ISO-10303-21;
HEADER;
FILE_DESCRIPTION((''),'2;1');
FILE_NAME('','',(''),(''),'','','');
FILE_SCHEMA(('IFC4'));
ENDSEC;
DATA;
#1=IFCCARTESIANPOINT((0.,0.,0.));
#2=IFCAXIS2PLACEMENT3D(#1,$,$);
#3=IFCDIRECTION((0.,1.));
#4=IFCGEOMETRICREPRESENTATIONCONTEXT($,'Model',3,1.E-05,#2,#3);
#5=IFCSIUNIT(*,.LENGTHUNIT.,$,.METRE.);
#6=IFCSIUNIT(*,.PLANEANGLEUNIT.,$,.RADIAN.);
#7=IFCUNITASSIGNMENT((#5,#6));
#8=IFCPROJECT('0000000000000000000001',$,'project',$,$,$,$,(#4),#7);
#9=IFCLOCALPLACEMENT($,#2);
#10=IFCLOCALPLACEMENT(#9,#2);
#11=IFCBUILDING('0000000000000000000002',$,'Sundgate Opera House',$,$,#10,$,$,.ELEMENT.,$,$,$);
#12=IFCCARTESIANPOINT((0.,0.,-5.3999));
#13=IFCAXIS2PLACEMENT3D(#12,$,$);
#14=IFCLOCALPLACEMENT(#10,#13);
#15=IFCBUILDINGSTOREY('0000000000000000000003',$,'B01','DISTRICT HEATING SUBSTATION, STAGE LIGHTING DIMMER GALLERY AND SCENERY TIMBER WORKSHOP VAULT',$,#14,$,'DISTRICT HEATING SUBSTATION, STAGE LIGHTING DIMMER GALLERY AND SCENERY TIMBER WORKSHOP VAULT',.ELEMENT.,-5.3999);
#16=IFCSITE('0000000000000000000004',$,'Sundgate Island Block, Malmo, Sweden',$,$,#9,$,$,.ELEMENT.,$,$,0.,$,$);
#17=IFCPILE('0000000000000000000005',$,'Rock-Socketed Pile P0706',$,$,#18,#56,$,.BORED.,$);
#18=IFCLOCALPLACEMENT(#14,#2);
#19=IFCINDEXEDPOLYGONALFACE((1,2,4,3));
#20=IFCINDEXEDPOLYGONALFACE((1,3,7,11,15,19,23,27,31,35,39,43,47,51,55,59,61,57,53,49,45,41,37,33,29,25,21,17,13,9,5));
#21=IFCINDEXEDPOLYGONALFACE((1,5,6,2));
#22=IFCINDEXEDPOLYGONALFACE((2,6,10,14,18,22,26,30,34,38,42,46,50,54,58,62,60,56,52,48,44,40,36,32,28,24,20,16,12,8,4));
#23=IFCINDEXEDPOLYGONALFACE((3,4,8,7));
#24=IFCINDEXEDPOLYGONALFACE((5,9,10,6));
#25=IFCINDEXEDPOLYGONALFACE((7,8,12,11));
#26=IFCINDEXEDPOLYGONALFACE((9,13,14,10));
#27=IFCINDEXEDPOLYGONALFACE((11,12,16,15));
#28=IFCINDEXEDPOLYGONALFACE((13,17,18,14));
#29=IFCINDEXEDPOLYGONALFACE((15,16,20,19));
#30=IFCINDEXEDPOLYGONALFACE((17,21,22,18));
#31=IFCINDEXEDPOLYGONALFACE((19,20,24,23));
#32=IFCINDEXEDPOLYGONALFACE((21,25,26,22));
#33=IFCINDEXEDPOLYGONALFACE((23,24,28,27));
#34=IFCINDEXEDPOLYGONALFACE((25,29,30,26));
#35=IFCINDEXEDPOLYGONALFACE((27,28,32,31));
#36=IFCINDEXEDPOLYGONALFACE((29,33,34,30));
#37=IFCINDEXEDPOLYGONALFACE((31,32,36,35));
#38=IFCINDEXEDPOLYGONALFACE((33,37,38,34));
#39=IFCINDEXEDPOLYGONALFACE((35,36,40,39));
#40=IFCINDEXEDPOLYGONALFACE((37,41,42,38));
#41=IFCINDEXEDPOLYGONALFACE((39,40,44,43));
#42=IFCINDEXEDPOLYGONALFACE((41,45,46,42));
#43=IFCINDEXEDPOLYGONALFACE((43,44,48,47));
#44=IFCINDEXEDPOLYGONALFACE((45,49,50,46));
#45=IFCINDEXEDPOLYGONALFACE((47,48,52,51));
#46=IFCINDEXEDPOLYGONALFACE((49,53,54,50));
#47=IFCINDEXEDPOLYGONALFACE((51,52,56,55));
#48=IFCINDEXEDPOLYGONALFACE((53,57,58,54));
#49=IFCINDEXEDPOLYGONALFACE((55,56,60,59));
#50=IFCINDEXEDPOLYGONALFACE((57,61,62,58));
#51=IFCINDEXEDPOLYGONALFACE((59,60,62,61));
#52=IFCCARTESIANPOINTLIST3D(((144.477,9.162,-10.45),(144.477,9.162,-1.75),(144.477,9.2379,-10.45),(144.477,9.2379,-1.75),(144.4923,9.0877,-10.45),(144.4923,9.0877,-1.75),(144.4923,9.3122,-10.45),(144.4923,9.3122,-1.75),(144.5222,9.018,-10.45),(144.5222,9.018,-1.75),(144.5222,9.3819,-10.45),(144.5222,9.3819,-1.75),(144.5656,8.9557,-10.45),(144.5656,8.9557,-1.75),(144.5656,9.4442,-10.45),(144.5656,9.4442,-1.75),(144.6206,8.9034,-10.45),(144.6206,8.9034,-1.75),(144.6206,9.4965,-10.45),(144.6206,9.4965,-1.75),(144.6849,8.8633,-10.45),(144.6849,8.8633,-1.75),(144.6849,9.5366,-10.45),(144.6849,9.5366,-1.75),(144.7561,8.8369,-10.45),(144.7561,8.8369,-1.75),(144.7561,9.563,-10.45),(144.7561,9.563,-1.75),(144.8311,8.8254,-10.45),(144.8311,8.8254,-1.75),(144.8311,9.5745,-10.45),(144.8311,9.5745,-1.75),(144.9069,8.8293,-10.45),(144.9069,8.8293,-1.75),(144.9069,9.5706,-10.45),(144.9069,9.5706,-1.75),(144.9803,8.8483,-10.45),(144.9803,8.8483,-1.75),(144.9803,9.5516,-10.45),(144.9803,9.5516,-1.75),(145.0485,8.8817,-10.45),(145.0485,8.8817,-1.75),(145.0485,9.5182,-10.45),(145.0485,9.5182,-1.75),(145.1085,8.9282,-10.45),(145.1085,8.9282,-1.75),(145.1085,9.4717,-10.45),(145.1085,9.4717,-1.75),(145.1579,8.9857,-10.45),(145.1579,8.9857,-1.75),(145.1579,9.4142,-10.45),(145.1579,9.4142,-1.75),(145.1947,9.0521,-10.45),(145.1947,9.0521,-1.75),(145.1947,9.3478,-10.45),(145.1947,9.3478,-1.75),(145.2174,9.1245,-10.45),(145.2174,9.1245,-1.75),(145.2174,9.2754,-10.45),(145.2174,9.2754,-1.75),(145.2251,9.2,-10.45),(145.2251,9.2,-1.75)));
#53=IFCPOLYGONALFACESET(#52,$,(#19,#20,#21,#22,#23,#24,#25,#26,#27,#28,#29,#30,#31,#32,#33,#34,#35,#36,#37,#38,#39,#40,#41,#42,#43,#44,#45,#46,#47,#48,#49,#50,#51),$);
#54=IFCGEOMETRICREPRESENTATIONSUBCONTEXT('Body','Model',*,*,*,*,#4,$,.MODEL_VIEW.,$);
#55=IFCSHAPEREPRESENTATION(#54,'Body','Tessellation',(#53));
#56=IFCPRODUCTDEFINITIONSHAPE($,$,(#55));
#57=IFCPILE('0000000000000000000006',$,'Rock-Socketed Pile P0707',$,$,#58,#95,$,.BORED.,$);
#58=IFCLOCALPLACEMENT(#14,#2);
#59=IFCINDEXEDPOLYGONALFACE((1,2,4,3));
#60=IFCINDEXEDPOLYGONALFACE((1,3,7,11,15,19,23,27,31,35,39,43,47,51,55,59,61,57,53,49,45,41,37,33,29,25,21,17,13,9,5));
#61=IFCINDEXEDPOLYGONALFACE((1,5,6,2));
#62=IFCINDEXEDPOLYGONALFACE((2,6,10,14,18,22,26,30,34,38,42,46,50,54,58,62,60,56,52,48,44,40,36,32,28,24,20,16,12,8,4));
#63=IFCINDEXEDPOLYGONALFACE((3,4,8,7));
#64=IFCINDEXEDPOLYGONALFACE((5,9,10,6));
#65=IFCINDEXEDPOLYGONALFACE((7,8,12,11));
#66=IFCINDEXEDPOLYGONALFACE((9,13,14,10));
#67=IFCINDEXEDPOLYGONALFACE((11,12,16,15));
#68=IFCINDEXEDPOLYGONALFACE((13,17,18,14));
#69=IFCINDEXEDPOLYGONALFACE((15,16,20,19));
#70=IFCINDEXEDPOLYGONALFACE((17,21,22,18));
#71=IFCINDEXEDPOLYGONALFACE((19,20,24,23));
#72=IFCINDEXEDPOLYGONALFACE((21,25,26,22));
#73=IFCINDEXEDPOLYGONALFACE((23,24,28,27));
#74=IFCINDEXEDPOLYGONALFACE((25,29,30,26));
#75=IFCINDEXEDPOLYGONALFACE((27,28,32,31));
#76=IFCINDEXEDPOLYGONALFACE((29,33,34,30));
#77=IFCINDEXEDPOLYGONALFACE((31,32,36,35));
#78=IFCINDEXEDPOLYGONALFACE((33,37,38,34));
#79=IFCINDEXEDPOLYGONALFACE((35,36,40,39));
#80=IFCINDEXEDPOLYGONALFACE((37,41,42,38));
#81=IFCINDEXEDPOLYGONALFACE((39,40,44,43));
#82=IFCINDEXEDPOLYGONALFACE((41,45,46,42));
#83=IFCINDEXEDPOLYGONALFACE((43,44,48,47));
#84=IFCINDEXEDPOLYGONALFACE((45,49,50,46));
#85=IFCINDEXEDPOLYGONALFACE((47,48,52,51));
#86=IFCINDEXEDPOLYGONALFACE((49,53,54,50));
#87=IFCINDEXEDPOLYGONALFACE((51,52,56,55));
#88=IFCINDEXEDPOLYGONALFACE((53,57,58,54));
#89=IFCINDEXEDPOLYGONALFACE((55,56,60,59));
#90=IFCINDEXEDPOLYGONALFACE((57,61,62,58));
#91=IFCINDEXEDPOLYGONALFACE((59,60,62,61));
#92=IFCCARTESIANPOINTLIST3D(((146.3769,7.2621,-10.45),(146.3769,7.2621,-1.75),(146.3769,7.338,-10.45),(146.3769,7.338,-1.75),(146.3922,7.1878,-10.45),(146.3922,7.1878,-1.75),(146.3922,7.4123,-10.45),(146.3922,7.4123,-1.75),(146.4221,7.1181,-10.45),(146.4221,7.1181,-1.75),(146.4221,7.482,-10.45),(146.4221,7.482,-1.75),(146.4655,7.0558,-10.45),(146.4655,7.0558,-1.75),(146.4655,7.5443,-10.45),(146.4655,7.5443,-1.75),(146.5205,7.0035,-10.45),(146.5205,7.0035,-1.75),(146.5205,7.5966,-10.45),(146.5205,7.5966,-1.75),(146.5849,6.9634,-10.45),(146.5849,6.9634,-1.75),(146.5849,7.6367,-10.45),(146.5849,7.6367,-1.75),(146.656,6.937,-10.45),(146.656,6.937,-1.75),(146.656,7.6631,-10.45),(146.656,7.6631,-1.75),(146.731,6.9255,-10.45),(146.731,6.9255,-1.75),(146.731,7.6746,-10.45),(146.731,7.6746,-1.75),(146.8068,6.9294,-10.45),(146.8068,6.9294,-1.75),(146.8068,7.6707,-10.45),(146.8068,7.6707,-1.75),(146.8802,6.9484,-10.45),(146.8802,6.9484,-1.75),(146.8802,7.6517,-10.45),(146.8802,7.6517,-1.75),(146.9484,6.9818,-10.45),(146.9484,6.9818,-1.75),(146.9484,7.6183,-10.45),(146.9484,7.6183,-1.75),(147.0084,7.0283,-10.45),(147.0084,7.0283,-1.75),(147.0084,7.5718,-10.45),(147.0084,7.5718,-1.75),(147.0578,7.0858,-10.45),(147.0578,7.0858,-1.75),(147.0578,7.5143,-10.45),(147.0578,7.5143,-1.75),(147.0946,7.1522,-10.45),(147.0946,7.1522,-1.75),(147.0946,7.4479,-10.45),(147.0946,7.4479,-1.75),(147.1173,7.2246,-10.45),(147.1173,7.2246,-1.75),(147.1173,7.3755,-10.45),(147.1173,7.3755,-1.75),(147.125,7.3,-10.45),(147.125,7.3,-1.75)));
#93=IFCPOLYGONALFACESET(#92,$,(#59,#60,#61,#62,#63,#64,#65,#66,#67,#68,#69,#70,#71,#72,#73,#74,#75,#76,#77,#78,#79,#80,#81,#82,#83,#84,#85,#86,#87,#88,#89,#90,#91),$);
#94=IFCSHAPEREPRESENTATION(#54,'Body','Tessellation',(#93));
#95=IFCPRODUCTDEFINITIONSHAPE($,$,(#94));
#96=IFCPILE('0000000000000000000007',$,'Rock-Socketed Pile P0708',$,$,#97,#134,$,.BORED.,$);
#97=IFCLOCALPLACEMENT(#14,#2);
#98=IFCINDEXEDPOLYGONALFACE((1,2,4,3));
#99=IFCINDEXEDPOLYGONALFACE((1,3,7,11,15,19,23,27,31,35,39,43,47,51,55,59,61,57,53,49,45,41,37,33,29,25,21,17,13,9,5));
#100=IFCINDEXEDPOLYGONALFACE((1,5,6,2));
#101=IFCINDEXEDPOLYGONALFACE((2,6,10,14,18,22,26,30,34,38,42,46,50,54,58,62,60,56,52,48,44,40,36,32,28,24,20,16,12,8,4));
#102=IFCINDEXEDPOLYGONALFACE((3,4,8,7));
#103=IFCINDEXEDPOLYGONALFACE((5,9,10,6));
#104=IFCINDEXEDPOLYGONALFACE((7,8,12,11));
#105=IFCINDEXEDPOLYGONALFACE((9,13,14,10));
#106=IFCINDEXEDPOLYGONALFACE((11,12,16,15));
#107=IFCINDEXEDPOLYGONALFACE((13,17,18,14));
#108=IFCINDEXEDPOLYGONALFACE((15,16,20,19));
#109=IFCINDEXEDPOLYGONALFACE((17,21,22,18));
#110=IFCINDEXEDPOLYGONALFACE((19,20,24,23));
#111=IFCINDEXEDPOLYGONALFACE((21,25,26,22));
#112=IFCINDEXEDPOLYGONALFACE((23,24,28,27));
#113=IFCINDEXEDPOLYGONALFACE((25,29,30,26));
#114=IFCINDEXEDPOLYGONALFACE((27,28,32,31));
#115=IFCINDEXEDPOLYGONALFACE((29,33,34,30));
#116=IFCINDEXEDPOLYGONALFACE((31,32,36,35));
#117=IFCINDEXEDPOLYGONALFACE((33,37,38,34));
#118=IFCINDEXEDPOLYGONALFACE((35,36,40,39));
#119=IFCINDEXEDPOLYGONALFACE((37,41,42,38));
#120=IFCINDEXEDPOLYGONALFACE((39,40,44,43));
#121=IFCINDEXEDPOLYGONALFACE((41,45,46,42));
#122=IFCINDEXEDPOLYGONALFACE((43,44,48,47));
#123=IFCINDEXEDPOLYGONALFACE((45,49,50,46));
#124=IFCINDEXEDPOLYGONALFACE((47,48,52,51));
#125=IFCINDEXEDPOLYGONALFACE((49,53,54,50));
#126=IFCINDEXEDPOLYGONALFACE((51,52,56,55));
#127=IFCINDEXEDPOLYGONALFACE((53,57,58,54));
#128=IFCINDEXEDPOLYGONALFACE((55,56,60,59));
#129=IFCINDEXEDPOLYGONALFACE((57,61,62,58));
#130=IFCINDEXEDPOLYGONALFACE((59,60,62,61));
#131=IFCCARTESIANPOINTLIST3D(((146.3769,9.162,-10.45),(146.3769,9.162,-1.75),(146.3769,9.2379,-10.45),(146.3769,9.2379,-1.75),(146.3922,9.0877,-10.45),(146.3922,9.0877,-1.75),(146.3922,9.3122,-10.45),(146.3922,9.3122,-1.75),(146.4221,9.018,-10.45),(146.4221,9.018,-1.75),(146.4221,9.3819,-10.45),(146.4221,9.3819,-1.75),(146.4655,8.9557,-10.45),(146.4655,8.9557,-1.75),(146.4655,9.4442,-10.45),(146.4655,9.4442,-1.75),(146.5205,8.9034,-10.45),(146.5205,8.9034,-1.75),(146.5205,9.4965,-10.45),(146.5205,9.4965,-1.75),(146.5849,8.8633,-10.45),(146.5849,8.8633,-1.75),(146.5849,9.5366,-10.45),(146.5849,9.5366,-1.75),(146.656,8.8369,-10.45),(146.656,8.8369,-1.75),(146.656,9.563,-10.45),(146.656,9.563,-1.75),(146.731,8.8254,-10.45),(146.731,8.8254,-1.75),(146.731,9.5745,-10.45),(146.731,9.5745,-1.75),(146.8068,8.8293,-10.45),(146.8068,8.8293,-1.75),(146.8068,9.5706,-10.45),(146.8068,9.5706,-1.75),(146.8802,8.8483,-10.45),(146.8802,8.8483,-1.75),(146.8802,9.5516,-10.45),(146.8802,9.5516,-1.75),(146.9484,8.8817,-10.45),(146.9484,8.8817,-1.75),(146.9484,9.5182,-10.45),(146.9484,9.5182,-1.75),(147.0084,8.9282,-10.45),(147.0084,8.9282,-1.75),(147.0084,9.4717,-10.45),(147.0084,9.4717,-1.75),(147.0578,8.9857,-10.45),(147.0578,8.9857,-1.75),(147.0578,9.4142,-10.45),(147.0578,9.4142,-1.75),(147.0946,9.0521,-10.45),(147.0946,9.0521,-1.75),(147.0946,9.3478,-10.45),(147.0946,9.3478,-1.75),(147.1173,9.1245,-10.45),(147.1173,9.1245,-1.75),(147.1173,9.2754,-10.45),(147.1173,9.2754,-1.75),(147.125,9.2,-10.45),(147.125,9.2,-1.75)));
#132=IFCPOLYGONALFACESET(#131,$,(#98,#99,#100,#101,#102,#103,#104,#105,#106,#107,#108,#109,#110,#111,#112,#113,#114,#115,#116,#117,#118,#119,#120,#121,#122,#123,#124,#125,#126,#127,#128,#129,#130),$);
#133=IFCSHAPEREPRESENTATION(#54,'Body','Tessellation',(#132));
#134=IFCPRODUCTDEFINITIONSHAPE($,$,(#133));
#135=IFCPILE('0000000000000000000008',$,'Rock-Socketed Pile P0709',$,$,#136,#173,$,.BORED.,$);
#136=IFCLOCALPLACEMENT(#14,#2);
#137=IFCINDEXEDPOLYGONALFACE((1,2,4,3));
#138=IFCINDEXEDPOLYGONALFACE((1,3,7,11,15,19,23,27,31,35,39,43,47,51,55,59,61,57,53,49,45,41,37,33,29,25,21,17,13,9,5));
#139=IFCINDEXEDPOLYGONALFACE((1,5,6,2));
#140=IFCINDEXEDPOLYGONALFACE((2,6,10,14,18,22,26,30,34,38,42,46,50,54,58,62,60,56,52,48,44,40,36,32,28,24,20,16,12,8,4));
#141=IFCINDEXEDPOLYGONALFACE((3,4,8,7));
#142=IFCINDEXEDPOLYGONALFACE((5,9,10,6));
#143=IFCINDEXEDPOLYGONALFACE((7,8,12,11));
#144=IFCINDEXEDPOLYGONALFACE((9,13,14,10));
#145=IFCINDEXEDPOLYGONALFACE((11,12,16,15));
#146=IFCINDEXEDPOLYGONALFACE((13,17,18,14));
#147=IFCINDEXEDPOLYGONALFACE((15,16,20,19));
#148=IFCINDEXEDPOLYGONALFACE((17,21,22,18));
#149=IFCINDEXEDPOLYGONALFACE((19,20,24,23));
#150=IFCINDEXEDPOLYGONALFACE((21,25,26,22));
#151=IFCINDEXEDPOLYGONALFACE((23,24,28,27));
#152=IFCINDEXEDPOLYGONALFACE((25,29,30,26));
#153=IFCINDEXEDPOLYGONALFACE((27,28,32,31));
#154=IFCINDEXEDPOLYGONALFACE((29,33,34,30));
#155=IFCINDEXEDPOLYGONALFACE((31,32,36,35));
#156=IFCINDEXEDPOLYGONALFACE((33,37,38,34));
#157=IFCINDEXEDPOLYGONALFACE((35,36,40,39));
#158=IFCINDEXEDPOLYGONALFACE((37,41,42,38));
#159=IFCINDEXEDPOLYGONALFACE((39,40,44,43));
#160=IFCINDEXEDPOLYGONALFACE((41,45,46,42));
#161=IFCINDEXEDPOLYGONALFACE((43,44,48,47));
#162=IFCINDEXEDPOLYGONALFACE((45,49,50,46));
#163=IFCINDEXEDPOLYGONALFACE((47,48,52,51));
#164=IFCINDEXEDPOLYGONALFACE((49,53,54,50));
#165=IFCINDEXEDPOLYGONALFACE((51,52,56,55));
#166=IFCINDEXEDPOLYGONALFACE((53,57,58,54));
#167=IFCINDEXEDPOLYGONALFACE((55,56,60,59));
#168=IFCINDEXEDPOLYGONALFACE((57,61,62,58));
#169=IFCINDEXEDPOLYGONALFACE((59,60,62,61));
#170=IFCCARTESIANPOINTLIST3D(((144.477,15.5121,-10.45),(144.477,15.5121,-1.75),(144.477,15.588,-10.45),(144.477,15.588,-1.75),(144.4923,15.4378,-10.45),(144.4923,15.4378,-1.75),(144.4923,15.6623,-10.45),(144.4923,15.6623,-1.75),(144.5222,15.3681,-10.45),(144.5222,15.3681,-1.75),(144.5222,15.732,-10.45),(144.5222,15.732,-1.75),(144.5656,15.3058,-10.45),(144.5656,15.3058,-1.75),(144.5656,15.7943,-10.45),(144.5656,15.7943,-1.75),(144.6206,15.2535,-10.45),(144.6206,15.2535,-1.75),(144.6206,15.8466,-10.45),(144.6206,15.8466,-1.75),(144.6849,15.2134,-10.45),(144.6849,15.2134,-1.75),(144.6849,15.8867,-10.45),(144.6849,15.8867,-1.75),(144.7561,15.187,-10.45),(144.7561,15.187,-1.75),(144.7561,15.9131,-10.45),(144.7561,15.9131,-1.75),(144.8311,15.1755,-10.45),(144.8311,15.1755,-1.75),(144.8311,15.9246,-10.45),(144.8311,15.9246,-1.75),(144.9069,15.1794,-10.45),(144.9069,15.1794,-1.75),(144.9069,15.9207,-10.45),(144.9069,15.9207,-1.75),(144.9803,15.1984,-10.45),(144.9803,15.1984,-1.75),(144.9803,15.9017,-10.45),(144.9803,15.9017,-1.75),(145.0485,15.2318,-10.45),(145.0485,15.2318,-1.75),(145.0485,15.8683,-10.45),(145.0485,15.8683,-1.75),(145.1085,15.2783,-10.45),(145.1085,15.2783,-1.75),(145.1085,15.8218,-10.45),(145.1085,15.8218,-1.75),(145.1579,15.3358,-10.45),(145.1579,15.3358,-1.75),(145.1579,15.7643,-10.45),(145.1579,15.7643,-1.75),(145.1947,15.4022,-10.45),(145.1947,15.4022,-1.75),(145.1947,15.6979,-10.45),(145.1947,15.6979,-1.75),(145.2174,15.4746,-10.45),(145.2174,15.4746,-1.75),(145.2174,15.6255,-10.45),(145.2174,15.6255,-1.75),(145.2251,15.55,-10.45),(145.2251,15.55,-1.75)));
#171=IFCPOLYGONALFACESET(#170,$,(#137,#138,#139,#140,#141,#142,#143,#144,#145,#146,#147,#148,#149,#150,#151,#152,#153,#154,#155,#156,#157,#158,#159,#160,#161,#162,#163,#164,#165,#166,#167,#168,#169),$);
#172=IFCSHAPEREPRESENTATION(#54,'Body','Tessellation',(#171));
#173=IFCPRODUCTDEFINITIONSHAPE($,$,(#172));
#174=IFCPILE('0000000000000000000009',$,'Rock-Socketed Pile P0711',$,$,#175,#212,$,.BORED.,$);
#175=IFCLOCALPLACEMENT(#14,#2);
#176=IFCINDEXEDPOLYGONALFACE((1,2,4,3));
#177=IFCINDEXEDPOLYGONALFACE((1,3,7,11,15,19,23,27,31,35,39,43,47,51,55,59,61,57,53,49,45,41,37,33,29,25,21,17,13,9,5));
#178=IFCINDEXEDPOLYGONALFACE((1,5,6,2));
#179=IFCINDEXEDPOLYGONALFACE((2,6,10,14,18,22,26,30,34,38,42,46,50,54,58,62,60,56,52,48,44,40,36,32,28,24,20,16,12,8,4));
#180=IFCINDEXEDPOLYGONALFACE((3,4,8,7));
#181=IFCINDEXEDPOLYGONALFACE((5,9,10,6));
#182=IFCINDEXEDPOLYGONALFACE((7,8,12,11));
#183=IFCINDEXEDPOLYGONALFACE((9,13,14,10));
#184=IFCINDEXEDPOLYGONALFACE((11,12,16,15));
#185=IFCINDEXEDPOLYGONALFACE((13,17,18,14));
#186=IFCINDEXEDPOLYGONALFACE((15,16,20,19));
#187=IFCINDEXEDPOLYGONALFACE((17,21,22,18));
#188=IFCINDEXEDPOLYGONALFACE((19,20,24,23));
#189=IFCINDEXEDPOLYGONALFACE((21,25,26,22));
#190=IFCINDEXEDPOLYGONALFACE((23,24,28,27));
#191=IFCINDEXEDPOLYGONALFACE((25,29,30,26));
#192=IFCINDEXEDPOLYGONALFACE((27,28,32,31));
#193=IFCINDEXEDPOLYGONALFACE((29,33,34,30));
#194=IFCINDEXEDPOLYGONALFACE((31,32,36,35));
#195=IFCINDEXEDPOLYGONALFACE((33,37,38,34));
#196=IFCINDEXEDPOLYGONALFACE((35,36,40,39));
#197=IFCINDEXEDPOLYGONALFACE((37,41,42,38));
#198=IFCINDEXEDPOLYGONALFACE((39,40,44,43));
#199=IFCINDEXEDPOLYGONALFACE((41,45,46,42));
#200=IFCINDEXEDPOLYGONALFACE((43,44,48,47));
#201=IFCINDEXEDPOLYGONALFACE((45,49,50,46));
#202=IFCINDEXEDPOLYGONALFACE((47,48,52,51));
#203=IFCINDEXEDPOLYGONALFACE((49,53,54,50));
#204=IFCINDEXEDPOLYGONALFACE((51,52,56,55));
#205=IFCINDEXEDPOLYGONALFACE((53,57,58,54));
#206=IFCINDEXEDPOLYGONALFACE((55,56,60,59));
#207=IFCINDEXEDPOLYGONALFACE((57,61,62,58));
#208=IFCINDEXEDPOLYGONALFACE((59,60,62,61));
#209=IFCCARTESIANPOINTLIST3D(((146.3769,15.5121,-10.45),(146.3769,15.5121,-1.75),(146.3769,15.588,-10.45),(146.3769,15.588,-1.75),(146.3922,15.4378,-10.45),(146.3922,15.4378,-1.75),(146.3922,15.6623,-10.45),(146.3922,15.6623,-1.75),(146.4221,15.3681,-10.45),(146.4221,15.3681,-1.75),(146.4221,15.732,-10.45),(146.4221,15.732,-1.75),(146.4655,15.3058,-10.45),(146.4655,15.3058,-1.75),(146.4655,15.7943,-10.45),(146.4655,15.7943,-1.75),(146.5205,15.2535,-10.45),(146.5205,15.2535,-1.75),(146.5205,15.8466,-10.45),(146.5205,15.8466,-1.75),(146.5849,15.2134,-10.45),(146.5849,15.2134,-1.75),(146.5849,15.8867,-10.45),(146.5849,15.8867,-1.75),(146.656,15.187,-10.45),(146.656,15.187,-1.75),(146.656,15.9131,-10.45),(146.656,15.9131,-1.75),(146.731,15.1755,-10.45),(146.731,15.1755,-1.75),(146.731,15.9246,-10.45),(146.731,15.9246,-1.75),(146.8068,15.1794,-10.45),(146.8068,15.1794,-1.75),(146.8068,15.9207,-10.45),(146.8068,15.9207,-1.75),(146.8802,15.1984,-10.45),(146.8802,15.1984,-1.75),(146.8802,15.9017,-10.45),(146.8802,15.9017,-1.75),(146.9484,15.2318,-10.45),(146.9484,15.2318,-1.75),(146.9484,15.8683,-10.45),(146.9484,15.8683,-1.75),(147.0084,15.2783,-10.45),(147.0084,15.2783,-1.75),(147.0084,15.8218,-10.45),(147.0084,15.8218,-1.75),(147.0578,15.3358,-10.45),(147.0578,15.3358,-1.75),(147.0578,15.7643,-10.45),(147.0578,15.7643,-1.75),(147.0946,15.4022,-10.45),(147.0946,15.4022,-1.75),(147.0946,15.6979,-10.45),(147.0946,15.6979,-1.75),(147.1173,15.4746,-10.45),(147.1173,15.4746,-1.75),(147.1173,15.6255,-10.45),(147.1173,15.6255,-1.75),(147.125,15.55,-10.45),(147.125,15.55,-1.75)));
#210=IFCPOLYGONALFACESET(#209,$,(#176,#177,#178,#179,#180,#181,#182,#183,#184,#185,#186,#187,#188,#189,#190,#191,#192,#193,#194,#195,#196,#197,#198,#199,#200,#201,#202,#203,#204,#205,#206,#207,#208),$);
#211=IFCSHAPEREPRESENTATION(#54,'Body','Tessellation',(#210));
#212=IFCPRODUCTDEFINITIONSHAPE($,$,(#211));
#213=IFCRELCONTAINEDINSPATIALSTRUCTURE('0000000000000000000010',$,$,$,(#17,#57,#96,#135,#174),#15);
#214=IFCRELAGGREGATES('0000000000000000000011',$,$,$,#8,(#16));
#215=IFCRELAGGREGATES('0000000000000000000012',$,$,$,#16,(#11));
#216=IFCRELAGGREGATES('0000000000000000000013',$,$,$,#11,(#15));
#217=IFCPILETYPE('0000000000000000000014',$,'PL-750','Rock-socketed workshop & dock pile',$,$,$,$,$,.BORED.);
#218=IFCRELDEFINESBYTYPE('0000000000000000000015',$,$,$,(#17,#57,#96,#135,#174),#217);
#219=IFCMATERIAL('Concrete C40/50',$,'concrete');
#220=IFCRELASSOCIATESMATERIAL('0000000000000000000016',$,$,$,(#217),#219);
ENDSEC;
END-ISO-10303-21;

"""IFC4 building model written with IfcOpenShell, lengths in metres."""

from ifc_helpers import new_model, si_unit, direction, frame, origin, origin_2d, place, context, subcontext, project, spatial, circle, extrude, material, material_profile, profile_set, type_object, element, save


model = new_model("IFC4")

# Units and contexts
model_context = context("Model", 3, precision=1e-05, world=origin(), true_north=direction((0.0, 1.0)))
body_context = subcontext(model_context, "Body", "Model", "MODEL_VIEW")
ifc_project = project(units=[si_unit("LENGTHUNIT", "METRE"), si_unit("PLANEANGLEUNIT", "RADIAN")], contexts=[model_context])

# Site, building, storey
site_placement = place(None, origin())
site = spatial("IfcSite", under=ifc_project, at=site_placement, Name="Sundgate Island Block, Malmo, Sweden", CompositionType="ELEMENT", RefElevation=0.0)
building_placement = place(site_placement, origin())
building = spatial("IfcBuilding", under=site, at=building_placement, Name="Sundgate Opera House", CompositionType="ELEMENT")
storey_placement = place(building_placement, frame((0.0, 0.0, -5.3999)))
storey = spatial("IfcBuildingStorey", under=building, at=storey_placement, Name="B01", Description="DISTRICT HEATING SUBSTATION, STAGE LIGHTING DIMMER GALLERY AND SCENERY TIMBER WORKSHOP VAULT", LongName="DISTRICT HEATING SUBSTATION, STAGE LIGHTING DIMMER GALLERY AND SCENERY TIMBER WORKSHOP VAULT", CompositionType="ELEMENT", Elevation=-5.3999)

# Piles
ifc_material_1 = material(Name="Concrete C40/50", Category="concrete")
ifc_material_profile_1 = material_profile(ifc_material_1, circle(Radius=0.375, at=origin_2d()), Name="PILE D750")
ifc_profile_set_1 = profile_set([ifc_material_profile_1], Name="Concrete C40/50")
pile_type = type_object("IfcPileType", Name="PL-750", Description="Rock-socketed workshop & dock pile", PredefinedType="BORED", material=ifc_profile_set_1)
for number, where, z_axis, x_axis, name in (
    (1, (144.8501, 9.2, -1.75), (0.0, 0.0, -1.0), (1.0, 0.0, 0.0), "Rock-Socketed Pile P0706"),
    (2, (146.75, 7.3, -1.75), (0.0, 0.0, -1.0), (1.0, 0.0, 0.0), "Rock-Socketed Pile P0707"),
    (3, (146.75, 9.2, -1.75), (0.0, 0.0, -1.0), (1.0, 0.0, 0.0), "Rock-Socketed Pile P0708"),
    (4, (144.8501, 15.55, -1.75), (0.0, 0.0, -1.0), (1.0, 0.0, 0.0), "Rock-Socketed Pile P0709"),
    (5, (146.75, 15.55, -1.75), (0.0, 0.0, -1.0), (1.0, 0.0, 0.0), "Rock-Socketed Pile P0711"),
):
    element("IfcPile", number, at=place(storey_placement, frame(where, z_axis=z_axis, x_axis=x_axis)), inside=storey, type_object=pile_type, Name=name, PredefinedType="BORED", context=body_context, shape_type="SweptSolid", body=[
        extrude(circle(Radius=0.375, at=origin_2d()), origin(), (0.0, 0.0, 1.0), 8.7),
    ])

save(model, "model.ifc")
